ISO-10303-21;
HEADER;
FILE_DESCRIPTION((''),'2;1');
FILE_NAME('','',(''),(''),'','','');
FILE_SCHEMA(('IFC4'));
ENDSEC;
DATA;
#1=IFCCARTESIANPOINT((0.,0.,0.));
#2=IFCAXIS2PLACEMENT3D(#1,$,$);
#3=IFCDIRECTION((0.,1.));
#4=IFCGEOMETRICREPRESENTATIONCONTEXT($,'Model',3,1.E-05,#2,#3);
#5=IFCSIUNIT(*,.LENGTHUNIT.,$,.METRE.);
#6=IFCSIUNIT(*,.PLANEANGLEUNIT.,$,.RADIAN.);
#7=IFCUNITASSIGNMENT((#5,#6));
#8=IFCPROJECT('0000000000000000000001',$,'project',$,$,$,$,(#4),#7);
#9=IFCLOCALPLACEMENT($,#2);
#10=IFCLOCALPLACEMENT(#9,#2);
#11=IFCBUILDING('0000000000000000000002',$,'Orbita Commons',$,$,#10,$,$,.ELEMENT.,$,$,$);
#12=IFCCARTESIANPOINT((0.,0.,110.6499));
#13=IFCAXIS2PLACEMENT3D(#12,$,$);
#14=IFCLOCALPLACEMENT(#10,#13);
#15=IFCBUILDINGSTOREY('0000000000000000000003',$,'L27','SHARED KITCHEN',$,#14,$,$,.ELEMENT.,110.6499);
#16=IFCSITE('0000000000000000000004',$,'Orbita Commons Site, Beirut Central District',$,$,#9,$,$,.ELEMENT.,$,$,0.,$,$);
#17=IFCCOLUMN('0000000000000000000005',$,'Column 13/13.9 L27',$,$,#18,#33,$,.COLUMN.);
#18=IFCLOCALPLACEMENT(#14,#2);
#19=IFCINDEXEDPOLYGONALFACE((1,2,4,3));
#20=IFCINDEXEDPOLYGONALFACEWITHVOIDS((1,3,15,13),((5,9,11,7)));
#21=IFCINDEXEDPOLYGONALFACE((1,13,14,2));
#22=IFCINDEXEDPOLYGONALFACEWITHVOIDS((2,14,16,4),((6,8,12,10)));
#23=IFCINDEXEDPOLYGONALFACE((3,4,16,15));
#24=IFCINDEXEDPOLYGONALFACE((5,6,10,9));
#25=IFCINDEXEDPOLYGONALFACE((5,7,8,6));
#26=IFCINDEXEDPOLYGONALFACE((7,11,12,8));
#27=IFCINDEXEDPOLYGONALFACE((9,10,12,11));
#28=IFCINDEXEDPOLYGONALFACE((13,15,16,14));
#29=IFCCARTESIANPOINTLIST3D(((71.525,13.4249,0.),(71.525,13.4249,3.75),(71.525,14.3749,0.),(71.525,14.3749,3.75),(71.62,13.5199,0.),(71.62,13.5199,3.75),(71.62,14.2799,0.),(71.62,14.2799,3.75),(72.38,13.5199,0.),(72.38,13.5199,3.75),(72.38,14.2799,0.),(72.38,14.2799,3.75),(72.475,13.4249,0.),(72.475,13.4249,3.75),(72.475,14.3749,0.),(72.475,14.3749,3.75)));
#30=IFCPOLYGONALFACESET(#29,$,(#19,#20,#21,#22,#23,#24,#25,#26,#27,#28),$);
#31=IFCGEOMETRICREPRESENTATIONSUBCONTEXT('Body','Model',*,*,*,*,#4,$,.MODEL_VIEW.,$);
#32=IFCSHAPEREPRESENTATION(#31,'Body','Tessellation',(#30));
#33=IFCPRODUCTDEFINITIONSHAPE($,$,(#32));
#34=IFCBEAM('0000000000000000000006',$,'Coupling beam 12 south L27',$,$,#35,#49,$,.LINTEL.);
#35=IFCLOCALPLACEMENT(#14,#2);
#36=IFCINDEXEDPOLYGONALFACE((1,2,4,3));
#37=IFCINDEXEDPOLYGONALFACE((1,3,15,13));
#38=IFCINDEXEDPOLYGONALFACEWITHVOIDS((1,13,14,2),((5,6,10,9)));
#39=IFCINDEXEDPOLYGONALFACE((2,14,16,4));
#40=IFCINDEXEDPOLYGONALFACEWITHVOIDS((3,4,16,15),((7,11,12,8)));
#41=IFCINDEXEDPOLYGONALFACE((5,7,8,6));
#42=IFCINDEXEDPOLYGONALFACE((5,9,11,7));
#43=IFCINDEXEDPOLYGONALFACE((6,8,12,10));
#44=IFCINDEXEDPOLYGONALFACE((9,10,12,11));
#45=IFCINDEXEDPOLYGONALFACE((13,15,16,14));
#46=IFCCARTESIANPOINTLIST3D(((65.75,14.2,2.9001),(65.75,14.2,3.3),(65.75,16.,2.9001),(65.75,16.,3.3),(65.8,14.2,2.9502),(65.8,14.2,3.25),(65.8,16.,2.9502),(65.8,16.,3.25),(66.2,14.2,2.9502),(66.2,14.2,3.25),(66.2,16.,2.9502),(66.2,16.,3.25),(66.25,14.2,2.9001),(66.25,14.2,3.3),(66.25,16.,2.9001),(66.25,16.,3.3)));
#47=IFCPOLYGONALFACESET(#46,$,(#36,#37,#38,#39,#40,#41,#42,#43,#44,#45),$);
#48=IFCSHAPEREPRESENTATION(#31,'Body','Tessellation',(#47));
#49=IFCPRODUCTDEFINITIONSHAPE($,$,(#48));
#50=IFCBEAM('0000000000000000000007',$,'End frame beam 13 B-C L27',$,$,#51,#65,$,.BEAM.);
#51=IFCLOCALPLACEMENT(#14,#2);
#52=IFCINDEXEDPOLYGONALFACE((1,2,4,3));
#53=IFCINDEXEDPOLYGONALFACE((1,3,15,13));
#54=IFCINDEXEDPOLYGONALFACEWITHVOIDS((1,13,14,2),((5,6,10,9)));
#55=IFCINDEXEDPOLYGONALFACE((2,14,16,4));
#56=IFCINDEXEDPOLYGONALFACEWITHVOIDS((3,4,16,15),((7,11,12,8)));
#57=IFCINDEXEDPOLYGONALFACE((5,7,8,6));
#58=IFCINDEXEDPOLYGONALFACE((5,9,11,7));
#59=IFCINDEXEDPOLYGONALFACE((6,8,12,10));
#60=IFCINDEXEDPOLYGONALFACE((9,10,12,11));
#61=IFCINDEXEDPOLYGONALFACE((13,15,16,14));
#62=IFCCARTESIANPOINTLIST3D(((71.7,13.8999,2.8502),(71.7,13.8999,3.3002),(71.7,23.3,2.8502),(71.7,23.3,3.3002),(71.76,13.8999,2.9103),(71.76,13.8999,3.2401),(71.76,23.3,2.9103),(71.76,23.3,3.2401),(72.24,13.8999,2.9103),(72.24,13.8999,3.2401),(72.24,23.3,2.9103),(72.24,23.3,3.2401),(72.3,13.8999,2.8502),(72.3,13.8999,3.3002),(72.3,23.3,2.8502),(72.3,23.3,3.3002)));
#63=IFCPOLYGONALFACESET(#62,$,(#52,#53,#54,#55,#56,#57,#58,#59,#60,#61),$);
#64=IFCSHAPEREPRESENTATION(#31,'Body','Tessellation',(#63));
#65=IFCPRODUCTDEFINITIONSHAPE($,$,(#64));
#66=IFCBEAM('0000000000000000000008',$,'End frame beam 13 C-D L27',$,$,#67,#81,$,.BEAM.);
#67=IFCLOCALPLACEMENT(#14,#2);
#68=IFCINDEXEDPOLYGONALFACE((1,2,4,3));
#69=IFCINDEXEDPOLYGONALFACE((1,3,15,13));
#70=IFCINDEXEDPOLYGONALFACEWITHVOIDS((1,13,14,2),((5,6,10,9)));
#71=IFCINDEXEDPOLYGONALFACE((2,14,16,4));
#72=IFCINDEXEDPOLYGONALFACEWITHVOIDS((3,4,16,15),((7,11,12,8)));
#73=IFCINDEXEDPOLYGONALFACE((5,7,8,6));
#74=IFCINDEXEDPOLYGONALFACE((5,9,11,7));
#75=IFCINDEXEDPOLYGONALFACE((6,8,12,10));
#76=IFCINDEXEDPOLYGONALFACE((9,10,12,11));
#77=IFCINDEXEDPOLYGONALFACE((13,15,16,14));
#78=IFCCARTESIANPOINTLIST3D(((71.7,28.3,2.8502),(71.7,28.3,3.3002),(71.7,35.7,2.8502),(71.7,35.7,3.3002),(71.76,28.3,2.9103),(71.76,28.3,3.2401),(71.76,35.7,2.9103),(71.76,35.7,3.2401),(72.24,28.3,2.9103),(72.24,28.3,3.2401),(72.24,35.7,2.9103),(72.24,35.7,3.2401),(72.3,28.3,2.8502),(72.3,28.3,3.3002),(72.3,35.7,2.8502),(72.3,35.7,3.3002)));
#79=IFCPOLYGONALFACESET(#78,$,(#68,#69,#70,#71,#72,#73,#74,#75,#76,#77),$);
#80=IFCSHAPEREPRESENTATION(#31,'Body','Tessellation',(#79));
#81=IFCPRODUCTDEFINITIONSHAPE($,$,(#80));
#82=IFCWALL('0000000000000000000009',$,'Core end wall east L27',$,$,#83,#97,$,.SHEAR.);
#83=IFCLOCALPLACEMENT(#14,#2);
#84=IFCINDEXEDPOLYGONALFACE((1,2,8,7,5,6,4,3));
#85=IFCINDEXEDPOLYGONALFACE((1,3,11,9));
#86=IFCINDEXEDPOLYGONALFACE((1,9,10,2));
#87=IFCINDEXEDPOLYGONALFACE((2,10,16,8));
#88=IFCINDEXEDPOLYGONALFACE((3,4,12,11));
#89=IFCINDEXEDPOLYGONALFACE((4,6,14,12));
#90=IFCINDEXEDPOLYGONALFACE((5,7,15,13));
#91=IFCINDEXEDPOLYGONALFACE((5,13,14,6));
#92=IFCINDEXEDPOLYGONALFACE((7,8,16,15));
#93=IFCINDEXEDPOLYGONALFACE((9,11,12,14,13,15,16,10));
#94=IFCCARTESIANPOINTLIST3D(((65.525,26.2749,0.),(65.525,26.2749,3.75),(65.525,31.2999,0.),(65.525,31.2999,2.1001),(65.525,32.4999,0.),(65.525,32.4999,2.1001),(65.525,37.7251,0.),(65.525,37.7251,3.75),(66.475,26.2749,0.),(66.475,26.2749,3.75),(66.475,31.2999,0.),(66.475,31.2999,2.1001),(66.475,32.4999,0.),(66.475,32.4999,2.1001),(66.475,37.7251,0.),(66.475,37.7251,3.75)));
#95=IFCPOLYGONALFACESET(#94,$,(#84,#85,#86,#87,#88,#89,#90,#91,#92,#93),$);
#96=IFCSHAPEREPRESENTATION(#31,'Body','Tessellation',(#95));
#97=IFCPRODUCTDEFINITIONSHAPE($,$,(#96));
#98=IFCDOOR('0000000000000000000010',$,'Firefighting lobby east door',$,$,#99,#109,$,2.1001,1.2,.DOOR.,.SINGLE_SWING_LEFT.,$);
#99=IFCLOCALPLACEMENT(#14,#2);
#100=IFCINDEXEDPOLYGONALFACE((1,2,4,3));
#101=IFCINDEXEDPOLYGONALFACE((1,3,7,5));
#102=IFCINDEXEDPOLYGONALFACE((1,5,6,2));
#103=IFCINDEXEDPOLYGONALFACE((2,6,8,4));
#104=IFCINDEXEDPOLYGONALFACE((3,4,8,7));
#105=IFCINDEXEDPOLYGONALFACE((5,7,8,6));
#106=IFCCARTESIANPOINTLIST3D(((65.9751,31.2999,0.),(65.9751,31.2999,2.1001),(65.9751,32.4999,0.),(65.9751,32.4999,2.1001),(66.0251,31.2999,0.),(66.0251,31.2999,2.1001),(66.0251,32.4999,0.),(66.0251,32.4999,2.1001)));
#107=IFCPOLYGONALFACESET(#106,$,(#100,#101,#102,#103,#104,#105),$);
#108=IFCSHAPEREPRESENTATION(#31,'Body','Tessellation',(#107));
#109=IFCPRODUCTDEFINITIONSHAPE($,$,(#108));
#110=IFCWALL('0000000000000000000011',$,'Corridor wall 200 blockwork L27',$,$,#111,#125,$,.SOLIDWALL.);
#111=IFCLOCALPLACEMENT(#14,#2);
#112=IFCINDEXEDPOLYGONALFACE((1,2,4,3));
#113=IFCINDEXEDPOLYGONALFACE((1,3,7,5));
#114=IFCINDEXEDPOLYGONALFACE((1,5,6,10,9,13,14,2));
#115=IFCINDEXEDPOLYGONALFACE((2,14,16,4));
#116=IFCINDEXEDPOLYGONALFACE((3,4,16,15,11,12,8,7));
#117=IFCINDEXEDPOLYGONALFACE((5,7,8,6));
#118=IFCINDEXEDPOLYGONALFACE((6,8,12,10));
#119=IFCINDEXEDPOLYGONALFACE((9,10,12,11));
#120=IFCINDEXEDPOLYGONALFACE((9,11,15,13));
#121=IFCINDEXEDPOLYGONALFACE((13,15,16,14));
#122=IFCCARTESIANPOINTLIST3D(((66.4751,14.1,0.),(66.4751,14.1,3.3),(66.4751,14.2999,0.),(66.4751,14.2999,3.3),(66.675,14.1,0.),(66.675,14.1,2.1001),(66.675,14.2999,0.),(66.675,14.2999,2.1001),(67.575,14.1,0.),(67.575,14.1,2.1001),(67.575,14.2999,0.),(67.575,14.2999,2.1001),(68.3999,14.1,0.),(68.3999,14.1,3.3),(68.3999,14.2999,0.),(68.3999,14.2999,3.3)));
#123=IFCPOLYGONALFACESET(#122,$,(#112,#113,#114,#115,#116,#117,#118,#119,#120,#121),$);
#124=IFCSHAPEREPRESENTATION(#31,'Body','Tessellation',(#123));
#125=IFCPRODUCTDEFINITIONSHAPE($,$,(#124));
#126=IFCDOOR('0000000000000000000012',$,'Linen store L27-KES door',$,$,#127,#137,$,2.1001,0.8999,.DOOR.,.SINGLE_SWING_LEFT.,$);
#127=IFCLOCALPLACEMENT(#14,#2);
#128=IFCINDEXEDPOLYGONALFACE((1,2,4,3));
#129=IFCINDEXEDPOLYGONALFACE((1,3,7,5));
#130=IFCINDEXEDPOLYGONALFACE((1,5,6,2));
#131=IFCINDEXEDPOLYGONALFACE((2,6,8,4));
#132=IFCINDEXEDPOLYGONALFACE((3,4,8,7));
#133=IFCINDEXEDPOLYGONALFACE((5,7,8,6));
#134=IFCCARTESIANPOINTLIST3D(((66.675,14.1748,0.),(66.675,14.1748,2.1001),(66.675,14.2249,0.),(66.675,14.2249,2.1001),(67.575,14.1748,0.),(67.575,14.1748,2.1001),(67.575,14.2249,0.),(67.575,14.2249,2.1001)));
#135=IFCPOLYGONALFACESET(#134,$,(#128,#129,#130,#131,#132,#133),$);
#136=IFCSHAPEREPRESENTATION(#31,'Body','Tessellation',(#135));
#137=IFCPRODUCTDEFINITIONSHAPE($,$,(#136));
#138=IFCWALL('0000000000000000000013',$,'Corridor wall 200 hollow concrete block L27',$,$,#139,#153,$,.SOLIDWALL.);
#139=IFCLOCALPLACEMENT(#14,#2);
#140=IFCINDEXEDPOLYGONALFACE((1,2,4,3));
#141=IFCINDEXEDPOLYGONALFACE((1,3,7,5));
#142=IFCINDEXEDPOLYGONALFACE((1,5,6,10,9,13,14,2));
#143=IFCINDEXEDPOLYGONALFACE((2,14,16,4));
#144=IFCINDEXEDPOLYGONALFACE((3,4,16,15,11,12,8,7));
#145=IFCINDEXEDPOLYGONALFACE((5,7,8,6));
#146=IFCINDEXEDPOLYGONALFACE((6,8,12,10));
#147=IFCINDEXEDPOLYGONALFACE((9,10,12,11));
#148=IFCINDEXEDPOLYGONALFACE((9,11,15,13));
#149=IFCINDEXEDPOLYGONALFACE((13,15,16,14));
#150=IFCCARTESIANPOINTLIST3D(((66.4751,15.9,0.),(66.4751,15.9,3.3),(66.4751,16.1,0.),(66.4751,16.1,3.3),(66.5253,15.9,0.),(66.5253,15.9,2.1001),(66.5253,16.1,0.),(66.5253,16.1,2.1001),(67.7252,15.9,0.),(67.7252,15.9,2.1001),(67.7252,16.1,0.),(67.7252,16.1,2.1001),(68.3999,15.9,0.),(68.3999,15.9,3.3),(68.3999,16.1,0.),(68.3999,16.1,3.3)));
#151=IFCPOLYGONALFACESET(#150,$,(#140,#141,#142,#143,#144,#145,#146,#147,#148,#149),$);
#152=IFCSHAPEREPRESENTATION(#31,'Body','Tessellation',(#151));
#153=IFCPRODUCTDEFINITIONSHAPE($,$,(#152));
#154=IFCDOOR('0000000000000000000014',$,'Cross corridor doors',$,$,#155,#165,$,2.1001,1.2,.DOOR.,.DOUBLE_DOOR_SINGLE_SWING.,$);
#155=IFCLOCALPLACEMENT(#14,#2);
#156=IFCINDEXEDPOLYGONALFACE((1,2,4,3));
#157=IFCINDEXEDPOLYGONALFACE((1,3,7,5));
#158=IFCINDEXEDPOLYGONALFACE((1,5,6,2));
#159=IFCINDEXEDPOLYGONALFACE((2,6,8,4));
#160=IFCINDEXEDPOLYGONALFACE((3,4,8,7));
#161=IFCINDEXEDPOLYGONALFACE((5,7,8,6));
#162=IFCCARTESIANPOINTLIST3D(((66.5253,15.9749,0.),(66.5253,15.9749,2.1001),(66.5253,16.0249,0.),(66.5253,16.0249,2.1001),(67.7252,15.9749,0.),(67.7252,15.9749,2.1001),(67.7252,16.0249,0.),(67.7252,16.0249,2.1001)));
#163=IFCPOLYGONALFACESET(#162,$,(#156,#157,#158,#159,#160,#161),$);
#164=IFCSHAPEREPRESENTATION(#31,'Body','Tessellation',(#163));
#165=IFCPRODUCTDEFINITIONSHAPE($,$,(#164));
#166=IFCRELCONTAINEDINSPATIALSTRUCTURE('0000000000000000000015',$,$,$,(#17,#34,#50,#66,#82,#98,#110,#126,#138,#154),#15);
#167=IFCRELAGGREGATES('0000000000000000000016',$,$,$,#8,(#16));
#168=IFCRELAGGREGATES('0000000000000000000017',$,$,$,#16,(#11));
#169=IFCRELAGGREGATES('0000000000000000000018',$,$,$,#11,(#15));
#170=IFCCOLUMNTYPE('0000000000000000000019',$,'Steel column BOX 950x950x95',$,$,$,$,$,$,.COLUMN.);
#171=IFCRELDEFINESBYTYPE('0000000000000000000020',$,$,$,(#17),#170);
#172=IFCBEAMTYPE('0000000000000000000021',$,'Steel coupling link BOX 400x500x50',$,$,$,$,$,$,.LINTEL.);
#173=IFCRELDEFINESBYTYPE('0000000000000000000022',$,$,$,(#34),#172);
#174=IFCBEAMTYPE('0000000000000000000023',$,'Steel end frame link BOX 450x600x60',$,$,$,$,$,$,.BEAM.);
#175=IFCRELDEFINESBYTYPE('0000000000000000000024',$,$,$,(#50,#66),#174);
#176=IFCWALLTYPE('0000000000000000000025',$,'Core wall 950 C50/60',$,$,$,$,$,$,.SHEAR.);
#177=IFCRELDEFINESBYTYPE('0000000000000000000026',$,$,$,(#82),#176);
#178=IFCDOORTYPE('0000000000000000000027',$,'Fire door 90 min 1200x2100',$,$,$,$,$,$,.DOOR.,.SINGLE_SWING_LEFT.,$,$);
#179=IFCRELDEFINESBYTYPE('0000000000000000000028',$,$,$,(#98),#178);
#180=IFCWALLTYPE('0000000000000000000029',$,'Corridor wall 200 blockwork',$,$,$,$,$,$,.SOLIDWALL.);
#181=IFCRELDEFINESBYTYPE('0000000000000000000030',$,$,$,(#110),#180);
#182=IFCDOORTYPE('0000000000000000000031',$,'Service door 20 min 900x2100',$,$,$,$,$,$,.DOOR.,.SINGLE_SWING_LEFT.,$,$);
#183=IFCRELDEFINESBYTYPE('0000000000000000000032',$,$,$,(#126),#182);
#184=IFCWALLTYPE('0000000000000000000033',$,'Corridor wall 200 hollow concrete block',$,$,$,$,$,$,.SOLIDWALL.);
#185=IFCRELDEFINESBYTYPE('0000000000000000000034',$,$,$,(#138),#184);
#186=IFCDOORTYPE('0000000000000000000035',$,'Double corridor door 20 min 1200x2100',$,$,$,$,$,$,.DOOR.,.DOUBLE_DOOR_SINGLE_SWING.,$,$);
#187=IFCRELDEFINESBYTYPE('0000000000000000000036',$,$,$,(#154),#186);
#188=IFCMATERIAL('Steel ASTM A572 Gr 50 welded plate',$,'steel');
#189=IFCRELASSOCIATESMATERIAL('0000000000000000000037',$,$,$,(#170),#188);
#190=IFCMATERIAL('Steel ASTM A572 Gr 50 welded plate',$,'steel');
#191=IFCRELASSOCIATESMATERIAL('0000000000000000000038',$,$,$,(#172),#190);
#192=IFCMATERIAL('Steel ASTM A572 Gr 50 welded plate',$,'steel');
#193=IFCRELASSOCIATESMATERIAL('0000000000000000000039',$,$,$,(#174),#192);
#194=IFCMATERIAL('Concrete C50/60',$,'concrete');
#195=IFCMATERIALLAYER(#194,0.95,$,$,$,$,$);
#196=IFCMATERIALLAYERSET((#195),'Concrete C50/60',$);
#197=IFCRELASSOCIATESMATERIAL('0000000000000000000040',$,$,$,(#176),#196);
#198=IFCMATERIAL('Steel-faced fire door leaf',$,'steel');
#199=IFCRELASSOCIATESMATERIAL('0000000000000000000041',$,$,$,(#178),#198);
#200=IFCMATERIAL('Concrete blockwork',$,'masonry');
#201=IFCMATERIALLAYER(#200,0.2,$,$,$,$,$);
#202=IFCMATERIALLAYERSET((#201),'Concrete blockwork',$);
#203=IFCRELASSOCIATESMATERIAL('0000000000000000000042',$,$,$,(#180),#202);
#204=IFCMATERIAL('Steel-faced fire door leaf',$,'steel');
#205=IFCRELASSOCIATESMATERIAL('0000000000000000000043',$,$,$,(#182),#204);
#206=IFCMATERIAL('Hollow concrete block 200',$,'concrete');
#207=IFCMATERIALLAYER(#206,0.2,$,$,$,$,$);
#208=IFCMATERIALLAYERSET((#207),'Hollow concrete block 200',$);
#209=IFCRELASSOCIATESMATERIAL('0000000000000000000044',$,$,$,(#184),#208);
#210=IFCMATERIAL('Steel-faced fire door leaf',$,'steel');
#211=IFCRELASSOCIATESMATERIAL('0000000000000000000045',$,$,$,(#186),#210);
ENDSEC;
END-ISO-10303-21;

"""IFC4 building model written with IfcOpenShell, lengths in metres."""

from ifc_helpers import new_model, si_unit, direction, frame, frame_2d, origin, origin_2d, place, context, subcontext, project, spatial, rectangle, hollow_rectangle, extrude, material, layer, layer_set, material_profile, profile_set, type_object, element, fill, save


model = new_model("IFC4")

# Units and contexts
model_context = context("Model", 3, precision=1e-05, world=origin(), true_north=direction((0.0, 1.0)))
body_context = subcontext(model_context, "Body", "Model", "MODEL_VIEW")
ifc_project = project(units=[si_unit("LENGTHUNIT", "METRE"), si_unit("PLANEANGLEUNIT", "RADIAN")], contexts=[model_context])

# Site, building, storey
site_placement = place(None, origin())
site = spatial("IfcSite", under=ifc_project, at=site_placement, Name="Orbita Commons Site, Beirut Central District", CompositionType="ELEMENT", RefElevation=0.0)
building_placement = place(site_placement, origin())
building = spatial("IfcBuilding", under=site, at=building_placement, Name="Orbita Commons", CompositionType="ELEMENT")
storey_placement = place(building_placement, frame((0.0, 0.0, 110.6499)))
storey = spatial("IfcBuildingStorey", under=building, at=storey_placement, Name="L27", Description="SHARED KITCHEN", CompositionType="ELEMENT", Elevation=110.6499)

# Column
ifc_material_1 = material(Name="Steel ASTM A572 Gr 50 welded plate", Category="steel")
ifc_material_profile_1 = material_profile(ifc_material_1, hollow_rectangle(XDim=0.95, YDim=0.95, WallThickness=0.095, at=origin_2d()), Name="BOX 950x950x95")
ifc_profile_set_1 = profile_set([ifc_material_profile_1], Name="Steel ASTM A572 Gr 50 welded plate")
column_type = type_object("IfcColumnType", Name="Steel column BOX 950x950x95", PredefinedType="COLUMN", material=ifc_profile_set_1)
column_placement = place(storey_placement, frame((72.0, 13.8999, 0.0), z_axis=(0.0, 0.0, 1.0), x_axis=(1.0, 0.0, 0.0)))
element("IfcColumn", 1, at=column_placement, inside=storey, type_object=column_type, Name="Column 13/13.9 L27", PredefinedType="COLUMN", context=body_context, shape_type="SweptSolid", body=[
    extrude(hollow_rectangle(XDim=0.95, YDim=0.95, WallThickness=0.095, at=origin_2d()), origin(), (0.0, 0.0, 1.0), 3.75),
])

# Beams
ifc_material_2 = material(Name="Steel ASTM A572 Gr 50 welded plate", Category="steel")
ifc_material_profile_2 = material_profile(ifc_material_2, hollow_rectangle(XDim=0.5, YDim=0.3999, WallThickness=0.05, at=origin_2d()), Name="BOX 400x500x50")
ifc_profile_set_2 = profile_set([ifc_material_profile_2], Name="Steel ASTM A572 Gr 50 welded plate")
beam_type_1 = type_object("IfcBeamType", Name="Steel coupling link BOX 400x500x50", PredefinedType="LINTEL", material=ifc_profile_set_2)
beam_1_placement = place(storey_placement, frame((66.0, 14.2, 3.1001), z_axis=(0.0, 1.0, 0.0), x_axis=(-1.0, 0.0, 0.0)))
element("IfcBeam", 2, at=beam_1_placement, inside=storey, type_object=beam_type_1, Name="Coupling beam 12 south L27", PredefinedType="LINTEL", context=body_context, shape_type="SweptSolid", body=[
    extrude(hollow_rectangle(XDim=0.5, YDim=0.3999, WallThickness=0.05, at=origin_2d()), origin(), (0.0, 0.0, 1.0), 1.8),
])
ifc_material_3 = material(Name="Steel ASTM A572 Gr 50 welded plate", Category="steel")
ifc_material_profile_3 = material_profile(ifc_material_3, hollow_rectangle(XDim=0.6001, YDim=0.45, WallThickness=0.0601, at=origin_2d()), Name="BOX 450x600x60")
ifc_profile_set_3 = profile_set([ifc_material_profile_3], Name="Steel ASTM A572 Gr 50 welded plate")
beam_type_2 = type_object("IfcBeamType", Name="Steel end frame link BOX 450x600x60", PredefinedType="BEAM", material=ifc_profile_set_3)
beam_2_placement = place(storey_placement, frame((72.0, 13.8999, 3.0752), z_axis=(0.0, 1.0, 0.0), x_axis=(-1.0, 0.0, 0.0)))
element("IfcBeam", 3, at=beam_2_placement, inside=storey, type_object=beam_type_2, Name="End frame beam 13 B-C L27", PredefinedType="BEAM", context=body_context, shape_type="SweptSolid", body=[
    extrude(hollow_rectangle(XDim=0.6001, YDim=0.45, WallThickness=0.0601, at=origin_2d()), origin(), (0.0, 0.0, 1.0), 9.4001),
])
beam_3_placement = place(storey_placement, frame((72.0, 28.3, 3.0752), z_axis=(0.0, 1.0, 0.0), x_axis=(-1.0, 0.0, 0.0)))
element("IfcBeam", 4, at=beam_3_placement, inside=storey, type_object=beam_type_2, Name="End frame beam 13 C-D L27", PredefinedType="BEAM", context=body_context, shape_type="SweptSolid", body=[
    extrude(hollow_rectangle(XDim=0.6001, YDim=0.45, WallThickness=0.0601, at=origin_2d()), origin(), (0.0, 0.0, 1.0), 7.3999),
])

# Walls, openings, doors
ifc_material_4 = material(Name="Concrete C50/60", Category="concrete")
ifc_layer_1 = layer(ifc_material_4, 0.95)
ifc_layer_set_1 = layer_set([ifc_layer_1], Name="Concrete C50/60")
wall_type_1 = type_object("IfcWallType", Name="Core wall 950 C50/60", PredefinedType="SHEAR", material=ifc_layer_set_1)
wall_1_placement = place(storey_placement, frame((66.0, 26.2749, 0.0), z_axis=(0.0, 0.0, 1.0), x_axis=(0.0, 1.0, 0.0)))
wall_1 = element("IfcWall", 5, at=wall_1_placement, inside=storey, type_object=wall_type_1, Name="Core end wall east L27", PredefinedType="SHEAR", context=body_context, shape_type="SweptSolid", body=[
    extrude(rectangle(XDim=11.4502, YDim=0.95, at=frame_2d((5.7251, 0.0))), origin(), (0.0, 0.0, 1.0), 3.75),
])
opening_1_placement = place(wall_1_placement, frame((5.0249, 0.0, 0.0)))
opening_1 = element("IfcOpeningElement", 6, at=opening_1_placement, cuts=wall_1, PredefinedType="OPENING", context=body_context, shape_type="SweptSolid", body=[
    extrude(rectangle(XDim=1.2, YDim=2.1001, at=frame_2d((0.6001, 1.05))), frame((0.0, 0.4849, 0.0), z_axis=(0.0, -1.0, 0.0), x_axis=(1.0, 0.0, 0.0)), (0.0, 0.0, 1.0), 0.97),
])
ifc_material_5 = material(Name="Steel-faced fire door leaf", Category="steel")
door_type_1 = type_object("IfcDoorType", Name="Fire door 90 min 1200x2100", OperationType="SINGLE_SWING_LEFT", PredefinedType="DOOR", material=ifc_material_5)
door_1_placement = place(opening_1_placement, origin())
door_1 = element("IfcDoor", 7, at=door_1_placement, inside=storey, type_object=door_type_1, Name="Firefighting lobby east door", OperationType="SINGLE_SWING_LEFT", OverallHeight=2.1001, OverallWidth=1.2, PredefinedType="DOOR", context=body_context, shape_type="SweptSolid", body=[
    extrude(rectangle(XDim=1.2, YDim=2.1001, at=frame_2d((0.6001, 1.05))), frame((0.0, 0.0249, 0.0), z_axis=(0.0, -1.0, 0.0), x_axis=(1.0, 0.0, 0.0)), (0.0, 0.0, 1.0), 0.05),
])
fill(opening_1, door_1)
ifc_material_6 = material(Name="Concrete blockwork", Category="masonry")
ifc_layer_2 = layer(ifc_material_6, 0.2)
ifc_layer_set_2 = layer_set([ifc_layer_2], Name="Concrete blockwork")
wall_type_2 = type_object("IfcWallType", Name="Corridor wall 200 blockwork", PredefinedType="SOLIDWALL", material=ifc_layer_set_2)
wall_2_placement = place(storey_placement, frame((66.4751, 14.2, 0.0), z_axis=(0.0, 0.0, 1.0), x_axis=(1.0, 0.0, 0.0)))
wall_2 = element("IfcWall", 8, at=wall_2_placement, inside=storey, type_object=wall_type_2, Name="Corridor wall 200 blockwork L27", PredefinedType="SOLIDWALL", context=body_context, shape_type="SweptSolid", body=[
    extrude(rectangle(XDim=1.9248, YDim=0.2, at=frame_2d((0.9624, 0.0))), origin(), (0.0, 0.0, 1.0), 3.3),
])
opening_2_placement = place(wall_2_placement, frame((0.2, 0.0, 0.0)))
opening_2 = element("IfcOpeningElement", 9, at=opening_2_placement, cuts=wall_2, PredefinedType="OPENING", context=body_context, shape_type="SweptSolid", body=[
    extrude(rectangle(XDim=0.8999, YDim=2.1001, at=frame_2d((0.45, 1.05))), frame((0.0, 0.1099, 0.0), z_axis=(0.0, -1.0, 0.0), x_axis=(1.0, 0.0, 0.0)), (0.0, 0.0, 1.0), 0.22),
])
ifc_material_7 = material(Name="Steel-faced fire door leaf", Category="steel")
door_type_2 = type_object("IfcDoorType", Name="Service door 20 min 900x2100", OperationType="SINGLE_SWING_LEFT", PredefinedType="DOOR", material=ifc_material_7)
door_2_placement = place(opening_2_placement, origin())
door_2 = element("IfcDoor", 10, at=door_2_placement, inside=storey, type_object=door_type_2, Name="Linen store L27-KES door", OperationType="SINGLE_SWING_LEFT", OverallHeight=2.1001, OverallWidth=0.8999, PredefinedType="DOOR", context=body_context, shape_type="SweptSolid", body=[
    extrude(rectangle(XDim=0.8999, YDim=2.1001, at=frame_2d((0.45, 1.05))), frame((0.0, 0.0249, 0.0), z_axis=(0.0, -1.0, 0.0), x_axis=(1.0, 0.0, 0.0)), (0.0, 0.0, 1.0), 0.05),
])
fill(opening_2, door_2)
ifc_material_8 = material(Name="Hollow concrete block 200", Category="concrete")
ifc_layer_3 = layer(ifc_material_8, 0.2)
ifc_layer_set_3 = layer_set([ifc_layer_3], Name="Hollow concrete block 200")
wall_type_3 = type_object("IfcWallType", Name="Corridor wall 200 hollow concrete block", PredefinedType="SOLIDWALL", material=ifc_layer_set_3)
wall_3_placement = place(storey_placement, frame((66.4751, 16.0, 0.0), z_axis=(0.0, 0.0, 1.0), x_axis=(1.0, 0.0, 0.0)))
wall_3 = element("IfcWall", 11, at=wall_3_placement, inside=storey, type_object=wall_type_3, Name="Corridor wall 200 hollow concrete block L27", PredefinedType="SOLIDWALL", context=body_context, shape_type="SweptSolid", body=[
    extrude(rectangle(XDim=1.9248, YDim=0.2, at=frame_2d((0.9624, 0.0))), origin(), (0.0, 0.0, 1.0), 3.3),
])
opening_3_placement = place(wall_3_placement, frame((0.05, 0.0, 0.0)))
opening_3 = element("IfcOpeningElement", 12, at=opening_3_placement, cuts=wall_3, PredefinedType="OPENING", context=body_context, shape_type="SweptSolid", body=[
    extrude(rectangle(XDim=1.2, YDim=2.1001, at=frame_2d((0.6001, 1.05))), frame((0.0, 0.1099, 0.0), z_axis=(0.0, -1.0, 0.0), x_axis=(1.0, 0.0, 0.0)), (0.0, 0.0, 1.0), 0.22),
])
ifc_material_9 = material(Name="Steel-faced fire door leaf", Category="steel")
door_type_3 = type_object("IfcDoorType", Name="Double corridor door 20 min 1200x2100", OperationType="DOUBLE_DOOR_SINGLE_SWING", PredefinedType="DOOR", material=ifc_material_9)
door_3_placement = place(opening_3_placement, origin())
door_3 = element("IfcDoor", 13, at=door_3_placement, inside=storey, type_object=door_type_3, Name="Cross corridor doors", OperationType="DOUBLE_DOOR_SINGLE_SWING", OverallHeight=2.1001, OverallWidth=1.2, PredefinedType="DOOR", context=body_context, shape_type="SweptSolid", body=[
    extrude(rectangle(XDim=1.2, YDim=2.1001, at=frame_2d((0.6001, 1.05))), frame((0.0, 0.0249, 0.0), z_axis=(0.0, -1.0, 0.0), x_axis=(1.0, 0.0, 0.0)), (0.0, 0.0, 1.0), 0.05),
])
fill(opening_3, door_3)

save(model, "model.ifc")
